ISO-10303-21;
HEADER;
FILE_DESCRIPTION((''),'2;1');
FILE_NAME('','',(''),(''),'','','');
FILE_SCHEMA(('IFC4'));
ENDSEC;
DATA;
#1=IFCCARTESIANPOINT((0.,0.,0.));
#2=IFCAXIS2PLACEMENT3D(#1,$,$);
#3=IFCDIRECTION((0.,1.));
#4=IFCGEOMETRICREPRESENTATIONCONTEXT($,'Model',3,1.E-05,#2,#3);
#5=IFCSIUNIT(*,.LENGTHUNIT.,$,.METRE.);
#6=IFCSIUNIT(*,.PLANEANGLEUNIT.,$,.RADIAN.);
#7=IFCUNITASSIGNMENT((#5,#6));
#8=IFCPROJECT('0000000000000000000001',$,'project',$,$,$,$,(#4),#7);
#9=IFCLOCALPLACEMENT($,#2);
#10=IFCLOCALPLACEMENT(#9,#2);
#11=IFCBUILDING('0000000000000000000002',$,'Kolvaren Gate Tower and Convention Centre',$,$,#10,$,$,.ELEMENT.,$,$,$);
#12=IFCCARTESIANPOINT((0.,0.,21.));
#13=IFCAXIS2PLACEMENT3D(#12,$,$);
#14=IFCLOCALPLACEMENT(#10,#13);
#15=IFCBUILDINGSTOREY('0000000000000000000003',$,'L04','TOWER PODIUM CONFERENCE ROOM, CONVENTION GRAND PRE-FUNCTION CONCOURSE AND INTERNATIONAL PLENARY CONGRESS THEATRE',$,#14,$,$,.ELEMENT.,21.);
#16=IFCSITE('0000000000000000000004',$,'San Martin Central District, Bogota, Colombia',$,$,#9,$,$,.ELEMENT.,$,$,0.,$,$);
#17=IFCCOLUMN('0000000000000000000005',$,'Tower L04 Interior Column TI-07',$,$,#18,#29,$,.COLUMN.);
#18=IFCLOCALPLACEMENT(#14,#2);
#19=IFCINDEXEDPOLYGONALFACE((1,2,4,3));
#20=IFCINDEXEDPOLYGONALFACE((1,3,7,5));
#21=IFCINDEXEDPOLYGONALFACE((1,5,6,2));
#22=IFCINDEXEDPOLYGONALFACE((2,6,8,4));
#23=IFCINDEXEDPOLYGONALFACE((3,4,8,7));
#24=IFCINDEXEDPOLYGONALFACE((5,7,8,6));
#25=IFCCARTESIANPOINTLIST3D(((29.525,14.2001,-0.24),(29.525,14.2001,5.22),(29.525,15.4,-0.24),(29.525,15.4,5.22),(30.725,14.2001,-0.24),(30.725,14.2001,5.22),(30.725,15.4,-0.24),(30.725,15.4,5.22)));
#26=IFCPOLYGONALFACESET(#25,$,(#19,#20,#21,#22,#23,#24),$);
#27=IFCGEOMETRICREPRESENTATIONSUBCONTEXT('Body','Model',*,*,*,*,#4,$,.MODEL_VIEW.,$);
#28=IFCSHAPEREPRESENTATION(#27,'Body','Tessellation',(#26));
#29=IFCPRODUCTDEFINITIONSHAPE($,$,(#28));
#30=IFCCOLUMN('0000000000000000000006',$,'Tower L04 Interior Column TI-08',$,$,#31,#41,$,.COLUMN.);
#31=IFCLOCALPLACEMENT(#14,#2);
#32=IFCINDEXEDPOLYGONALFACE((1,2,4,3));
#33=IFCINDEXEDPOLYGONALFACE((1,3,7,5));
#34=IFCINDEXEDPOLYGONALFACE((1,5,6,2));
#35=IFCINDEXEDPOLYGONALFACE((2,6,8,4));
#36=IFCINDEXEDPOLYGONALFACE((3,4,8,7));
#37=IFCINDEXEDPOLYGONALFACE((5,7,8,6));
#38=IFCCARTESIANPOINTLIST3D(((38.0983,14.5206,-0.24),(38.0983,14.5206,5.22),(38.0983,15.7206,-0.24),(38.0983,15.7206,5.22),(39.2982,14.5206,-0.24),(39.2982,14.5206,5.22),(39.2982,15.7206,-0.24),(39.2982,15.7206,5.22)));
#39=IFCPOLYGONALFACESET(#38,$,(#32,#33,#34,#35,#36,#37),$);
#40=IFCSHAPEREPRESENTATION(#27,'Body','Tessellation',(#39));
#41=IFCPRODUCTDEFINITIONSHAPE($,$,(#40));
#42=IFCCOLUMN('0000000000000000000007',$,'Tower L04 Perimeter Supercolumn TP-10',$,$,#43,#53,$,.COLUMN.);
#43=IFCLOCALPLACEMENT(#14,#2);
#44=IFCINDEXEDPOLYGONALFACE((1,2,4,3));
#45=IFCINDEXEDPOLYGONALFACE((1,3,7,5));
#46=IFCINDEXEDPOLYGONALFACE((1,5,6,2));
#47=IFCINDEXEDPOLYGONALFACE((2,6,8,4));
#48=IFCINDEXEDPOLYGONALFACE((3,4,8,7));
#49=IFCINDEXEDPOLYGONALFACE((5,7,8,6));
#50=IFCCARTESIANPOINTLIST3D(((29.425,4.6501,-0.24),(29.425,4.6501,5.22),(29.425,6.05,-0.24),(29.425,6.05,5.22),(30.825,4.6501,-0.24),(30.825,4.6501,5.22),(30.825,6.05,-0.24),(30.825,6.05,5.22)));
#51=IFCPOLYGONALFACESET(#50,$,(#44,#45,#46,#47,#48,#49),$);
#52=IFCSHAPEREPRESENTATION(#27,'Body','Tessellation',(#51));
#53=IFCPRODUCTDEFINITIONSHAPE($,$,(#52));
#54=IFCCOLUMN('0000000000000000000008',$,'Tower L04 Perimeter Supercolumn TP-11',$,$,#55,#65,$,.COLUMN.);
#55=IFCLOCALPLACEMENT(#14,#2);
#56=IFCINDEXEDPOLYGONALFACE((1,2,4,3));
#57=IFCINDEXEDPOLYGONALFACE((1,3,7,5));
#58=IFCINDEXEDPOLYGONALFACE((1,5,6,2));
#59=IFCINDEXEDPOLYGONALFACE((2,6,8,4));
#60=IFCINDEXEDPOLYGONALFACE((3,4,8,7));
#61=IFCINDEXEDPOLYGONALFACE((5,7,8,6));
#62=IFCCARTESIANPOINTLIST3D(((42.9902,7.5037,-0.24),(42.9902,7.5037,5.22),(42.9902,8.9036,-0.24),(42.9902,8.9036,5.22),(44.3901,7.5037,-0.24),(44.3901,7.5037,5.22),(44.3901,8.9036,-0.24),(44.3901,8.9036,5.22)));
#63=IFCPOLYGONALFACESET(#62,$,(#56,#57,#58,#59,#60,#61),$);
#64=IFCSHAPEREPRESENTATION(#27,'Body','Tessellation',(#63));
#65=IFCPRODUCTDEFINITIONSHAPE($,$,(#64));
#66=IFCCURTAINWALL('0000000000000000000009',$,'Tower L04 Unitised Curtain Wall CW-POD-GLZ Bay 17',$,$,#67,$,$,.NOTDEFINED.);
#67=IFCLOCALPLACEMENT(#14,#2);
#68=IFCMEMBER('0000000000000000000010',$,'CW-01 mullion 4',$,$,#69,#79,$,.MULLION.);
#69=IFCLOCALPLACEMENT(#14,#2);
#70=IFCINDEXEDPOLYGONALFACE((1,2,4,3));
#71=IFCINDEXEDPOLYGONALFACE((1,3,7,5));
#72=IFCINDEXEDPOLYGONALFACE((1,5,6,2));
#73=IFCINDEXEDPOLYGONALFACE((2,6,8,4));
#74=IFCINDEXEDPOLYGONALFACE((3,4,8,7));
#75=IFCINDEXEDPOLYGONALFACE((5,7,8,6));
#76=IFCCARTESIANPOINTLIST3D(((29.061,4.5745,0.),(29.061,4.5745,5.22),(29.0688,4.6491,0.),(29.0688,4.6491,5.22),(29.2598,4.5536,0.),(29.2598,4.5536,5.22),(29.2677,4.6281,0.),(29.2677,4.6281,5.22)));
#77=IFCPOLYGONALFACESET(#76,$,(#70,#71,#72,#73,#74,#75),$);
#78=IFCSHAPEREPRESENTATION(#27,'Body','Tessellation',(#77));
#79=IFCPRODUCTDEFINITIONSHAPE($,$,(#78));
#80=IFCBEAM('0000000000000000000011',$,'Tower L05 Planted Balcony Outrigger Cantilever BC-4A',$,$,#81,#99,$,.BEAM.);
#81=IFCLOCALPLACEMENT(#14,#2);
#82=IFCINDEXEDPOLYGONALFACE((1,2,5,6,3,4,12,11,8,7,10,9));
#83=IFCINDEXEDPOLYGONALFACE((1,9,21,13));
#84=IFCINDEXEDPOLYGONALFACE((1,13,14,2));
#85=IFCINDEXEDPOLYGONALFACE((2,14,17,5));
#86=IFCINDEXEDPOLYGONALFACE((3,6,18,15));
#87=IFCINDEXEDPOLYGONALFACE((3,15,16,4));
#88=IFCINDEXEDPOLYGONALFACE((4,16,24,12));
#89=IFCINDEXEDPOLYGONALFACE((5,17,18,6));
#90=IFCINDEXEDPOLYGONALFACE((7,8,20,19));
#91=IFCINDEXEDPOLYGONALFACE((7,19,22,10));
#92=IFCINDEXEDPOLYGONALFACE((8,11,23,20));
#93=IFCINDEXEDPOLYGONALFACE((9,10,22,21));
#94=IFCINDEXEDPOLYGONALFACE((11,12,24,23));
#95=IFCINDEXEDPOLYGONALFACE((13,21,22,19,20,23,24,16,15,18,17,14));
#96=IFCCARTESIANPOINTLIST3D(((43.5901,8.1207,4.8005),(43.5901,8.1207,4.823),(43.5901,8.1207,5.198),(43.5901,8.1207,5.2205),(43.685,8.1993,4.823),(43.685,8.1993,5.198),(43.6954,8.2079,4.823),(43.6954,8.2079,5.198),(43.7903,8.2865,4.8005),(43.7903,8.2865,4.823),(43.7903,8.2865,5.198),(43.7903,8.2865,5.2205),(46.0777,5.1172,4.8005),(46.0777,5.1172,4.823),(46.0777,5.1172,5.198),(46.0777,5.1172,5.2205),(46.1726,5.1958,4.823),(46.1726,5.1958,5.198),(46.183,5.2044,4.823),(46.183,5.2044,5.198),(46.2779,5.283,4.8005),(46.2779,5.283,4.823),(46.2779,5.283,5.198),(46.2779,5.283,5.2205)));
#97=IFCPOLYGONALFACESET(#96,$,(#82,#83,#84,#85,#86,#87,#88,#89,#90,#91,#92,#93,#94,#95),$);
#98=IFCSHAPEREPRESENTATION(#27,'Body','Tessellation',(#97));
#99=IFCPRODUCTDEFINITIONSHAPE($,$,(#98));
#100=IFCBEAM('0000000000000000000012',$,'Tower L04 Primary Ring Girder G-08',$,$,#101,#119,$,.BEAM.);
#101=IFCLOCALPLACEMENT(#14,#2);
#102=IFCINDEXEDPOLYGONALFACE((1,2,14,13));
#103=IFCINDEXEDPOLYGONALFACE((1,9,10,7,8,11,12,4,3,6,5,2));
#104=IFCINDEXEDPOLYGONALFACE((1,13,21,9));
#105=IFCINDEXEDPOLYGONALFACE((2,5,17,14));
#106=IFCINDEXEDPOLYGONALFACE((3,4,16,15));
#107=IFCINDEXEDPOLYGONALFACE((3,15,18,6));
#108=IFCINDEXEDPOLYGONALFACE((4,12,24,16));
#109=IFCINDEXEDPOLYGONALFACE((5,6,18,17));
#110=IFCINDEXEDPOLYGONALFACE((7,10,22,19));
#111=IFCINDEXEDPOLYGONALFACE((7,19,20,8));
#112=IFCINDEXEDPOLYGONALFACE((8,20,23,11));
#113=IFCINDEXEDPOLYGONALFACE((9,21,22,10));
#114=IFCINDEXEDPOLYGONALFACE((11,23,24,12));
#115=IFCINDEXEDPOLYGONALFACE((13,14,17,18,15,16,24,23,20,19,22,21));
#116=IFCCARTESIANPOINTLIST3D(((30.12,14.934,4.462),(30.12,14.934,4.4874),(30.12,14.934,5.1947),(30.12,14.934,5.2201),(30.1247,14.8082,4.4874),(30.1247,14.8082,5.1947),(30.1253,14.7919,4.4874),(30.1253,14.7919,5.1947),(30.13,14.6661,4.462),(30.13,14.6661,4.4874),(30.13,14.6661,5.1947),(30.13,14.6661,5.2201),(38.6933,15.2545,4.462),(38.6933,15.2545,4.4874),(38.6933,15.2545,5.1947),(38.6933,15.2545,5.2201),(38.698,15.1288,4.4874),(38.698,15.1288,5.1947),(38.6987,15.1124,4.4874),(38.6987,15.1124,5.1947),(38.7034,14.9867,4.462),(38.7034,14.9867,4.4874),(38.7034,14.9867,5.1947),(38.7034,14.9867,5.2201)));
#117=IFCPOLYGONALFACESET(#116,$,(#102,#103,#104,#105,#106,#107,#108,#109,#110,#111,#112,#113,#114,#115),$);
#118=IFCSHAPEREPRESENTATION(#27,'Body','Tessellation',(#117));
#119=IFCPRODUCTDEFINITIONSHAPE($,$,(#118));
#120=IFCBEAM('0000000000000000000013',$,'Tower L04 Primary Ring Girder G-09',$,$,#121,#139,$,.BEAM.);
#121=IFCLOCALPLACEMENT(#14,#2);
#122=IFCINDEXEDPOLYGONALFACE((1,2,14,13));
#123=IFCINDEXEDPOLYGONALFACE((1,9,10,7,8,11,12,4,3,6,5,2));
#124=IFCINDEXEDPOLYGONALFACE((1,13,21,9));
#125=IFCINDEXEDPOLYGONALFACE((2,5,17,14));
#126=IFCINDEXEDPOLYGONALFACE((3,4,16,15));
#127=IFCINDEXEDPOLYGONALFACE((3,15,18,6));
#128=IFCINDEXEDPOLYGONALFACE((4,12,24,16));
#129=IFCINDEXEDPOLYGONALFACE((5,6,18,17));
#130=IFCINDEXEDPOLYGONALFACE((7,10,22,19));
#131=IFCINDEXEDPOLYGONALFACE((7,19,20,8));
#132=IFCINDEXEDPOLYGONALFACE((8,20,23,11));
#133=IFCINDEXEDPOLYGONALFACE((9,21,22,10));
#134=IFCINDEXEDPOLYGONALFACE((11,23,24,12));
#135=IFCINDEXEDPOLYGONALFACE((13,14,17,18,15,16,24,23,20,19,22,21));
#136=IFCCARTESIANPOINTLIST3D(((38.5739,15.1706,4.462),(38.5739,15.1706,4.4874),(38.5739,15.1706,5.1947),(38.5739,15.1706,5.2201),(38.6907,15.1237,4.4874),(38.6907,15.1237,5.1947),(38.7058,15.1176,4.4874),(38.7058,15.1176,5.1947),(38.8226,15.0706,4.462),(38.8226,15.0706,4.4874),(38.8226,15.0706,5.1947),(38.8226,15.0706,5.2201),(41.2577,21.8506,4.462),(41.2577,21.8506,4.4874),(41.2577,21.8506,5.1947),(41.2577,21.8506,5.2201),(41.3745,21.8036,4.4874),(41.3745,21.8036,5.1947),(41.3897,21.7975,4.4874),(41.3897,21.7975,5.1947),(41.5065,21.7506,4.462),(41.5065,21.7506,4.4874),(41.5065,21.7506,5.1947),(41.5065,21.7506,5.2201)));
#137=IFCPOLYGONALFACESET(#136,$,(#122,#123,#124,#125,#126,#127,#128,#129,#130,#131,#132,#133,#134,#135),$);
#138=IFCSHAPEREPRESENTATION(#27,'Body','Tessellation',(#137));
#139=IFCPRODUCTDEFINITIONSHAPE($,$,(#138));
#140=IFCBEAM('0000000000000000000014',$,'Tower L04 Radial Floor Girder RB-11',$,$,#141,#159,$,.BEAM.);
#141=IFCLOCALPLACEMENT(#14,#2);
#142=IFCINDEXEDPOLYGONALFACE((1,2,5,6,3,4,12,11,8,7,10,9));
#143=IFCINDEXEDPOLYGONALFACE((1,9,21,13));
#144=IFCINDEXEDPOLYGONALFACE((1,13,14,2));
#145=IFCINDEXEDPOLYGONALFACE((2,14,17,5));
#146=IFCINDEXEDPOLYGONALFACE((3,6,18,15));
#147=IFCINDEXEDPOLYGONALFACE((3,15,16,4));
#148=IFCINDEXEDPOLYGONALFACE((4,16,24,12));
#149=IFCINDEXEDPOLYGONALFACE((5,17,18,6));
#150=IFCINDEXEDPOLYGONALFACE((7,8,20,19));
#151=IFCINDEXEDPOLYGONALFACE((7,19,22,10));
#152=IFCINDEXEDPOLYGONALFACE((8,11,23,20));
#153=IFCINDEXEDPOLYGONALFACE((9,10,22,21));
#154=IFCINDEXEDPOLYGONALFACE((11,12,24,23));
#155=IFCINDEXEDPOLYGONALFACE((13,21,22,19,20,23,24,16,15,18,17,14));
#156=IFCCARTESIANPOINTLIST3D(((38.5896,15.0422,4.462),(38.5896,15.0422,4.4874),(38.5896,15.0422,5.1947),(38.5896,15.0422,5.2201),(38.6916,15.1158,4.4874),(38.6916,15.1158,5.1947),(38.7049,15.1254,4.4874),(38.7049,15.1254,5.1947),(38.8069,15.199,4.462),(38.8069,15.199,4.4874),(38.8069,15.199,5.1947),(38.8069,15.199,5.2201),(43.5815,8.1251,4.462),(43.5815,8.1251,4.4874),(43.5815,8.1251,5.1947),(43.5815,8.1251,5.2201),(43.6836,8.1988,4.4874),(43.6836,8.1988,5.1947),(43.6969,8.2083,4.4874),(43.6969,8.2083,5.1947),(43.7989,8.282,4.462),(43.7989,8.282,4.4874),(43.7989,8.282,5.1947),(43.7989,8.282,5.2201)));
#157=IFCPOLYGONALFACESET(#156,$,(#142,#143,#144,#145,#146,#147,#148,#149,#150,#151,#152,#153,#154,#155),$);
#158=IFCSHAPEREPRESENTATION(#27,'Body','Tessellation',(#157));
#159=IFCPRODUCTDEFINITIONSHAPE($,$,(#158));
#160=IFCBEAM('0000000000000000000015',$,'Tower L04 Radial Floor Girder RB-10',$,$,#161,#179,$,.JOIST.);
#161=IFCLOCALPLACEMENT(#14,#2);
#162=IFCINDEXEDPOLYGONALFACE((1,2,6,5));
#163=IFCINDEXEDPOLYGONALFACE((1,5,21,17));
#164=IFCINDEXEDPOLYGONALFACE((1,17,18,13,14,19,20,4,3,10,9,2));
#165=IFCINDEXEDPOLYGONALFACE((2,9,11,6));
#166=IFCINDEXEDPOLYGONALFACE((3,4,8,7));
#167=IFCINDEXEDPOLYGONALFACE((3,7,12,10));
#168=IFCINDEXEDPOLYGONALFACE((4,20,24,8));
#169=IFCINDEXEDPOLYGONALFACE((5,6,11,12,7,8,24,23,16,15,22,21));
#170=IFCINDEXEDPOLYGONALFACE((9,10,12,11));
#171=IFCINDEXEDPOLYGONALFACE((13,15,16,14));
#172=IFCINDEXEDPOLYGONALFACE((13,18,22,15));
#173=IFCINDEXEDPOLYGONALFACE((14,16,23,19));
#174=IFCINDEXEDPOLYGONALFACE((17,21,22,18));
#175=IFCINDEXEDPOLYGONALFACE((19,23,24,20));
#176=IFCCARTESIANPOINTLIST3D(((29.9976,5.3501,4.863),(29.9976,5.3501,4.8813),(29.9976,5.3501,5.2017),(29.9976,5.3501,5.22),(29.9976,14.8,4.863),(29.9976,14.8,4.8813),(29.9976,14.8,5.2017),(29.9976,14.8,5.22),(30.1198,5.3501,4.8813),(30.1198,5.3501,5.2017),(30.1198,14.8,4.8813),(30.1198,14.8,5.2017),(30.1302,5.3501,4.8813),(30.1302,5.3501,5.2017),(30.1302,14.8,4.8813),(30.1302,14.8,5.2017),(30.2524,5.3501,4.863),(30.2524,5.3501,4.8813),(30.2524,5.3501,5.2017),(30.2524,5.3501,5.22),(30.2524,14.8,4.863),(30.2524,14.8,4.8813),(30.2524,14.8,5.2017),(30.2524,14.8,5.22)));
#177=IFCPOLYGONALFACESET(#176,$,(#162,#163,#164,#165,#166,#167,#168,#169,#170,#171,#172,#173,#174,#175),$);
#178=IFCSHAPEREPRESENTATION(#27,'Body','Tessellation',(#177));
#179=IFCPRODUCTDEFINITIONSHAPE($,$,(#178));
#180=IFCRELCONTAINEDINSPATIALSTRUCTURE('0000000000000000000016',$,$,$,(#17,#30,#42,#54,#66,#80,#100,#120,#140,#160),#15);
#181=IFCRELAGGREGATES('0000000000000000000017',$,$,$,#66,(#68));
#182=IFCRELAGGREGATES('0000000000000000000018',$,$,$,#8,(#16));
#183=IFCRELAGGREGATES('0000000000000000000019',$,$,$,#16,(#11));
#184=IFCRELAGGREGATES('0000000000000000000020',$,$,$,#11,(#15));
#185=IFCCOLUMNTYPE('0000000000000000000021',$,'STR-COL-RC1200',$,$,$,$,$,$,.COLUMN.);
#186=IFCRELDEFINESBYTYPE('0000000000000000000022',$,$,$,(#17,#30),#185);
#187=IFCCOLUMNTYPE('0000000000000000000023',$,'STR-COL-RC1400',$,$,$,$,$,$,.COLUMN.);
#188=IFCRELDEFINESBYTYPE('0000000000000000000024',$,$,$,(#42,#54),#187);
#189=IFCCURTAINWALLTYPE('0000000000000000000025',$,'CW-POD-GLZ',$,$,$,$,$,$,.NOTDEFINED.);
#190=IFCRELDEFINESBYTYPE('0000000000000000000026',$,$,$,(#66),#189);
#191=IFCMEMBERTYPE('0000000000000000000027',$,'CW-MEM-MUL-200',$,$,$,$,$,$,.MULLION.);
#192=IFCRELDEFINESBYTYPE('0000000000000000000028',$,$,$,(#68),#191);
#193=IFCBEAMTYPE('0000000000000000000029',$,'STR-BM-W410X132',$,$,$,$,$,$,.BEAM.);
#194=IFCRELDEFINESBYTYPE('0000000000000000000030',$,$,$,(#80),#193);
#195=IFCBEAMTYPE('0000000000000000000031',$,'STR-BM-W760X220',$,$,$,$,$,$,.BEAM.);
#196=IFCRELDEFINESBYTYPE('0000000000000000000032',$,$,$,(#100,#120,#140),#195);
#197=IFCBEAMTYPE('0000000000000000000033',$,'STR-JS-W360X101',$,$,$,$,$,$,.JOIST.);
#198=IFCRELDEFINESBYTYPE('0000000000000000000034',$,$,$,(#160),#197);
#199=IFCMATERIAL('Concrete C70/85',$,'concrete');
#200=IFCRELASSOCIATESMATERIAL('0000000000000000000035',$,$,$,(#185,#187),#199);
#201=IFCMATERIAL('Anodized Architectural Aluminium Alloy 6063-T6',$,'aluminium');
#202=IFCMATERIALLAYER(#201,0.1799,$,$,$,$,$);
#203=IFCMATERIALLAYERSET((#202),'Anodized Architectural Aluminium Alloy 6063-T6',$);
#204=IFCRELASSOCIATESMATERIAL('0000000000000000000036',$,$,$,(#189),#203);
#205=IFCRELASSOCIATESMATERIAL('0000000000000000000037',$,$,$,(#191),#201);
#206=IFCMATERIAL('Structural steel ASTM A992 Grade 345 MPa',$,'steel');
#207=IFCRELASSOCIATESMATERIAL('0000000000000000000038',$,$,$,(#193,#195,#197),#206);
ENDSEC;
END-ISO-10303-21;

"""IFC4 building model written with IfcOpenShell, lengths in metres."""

from ifc_helpers import new_model, si_unit, direction, frame, origin, origin_2d, place, context, subcontext, project, spatial, rectangle, i_section, extrude, material, layer, layer_set, material_profile, profile_set, type_object, element, aggregate, save


model = new_model("IFC4")

# Units and contexts
model_context = context("Model", 3, precision=1e-05, world=origin(), true_north=direction((0.0, 1.0)))
body_context = subcontext(model_context, "Body", "Model", "MODEL_VIEW")
ifc_project = project(units=[si_unit("LENGTHUNIT", "METRE"), si_unit("PLANEANGLEUNIT", "RADIAN")], contexts=[model_context])

# Site, building, storey
site_placement = place(None, origin())
site = spatial("IfcSite", under=ifc_project, at=site_placement, Name="San Martin Central District, Bogota, Colombia", CompositionType="ELEMENT", RefElevation=0.0)
building_placement = place(site_placement, origin())
building = spatial("IfcBuilding", under=site, at=building_placement, Name="Kolvaren Gate Tower and Convention Centre", CompositionType="ELEMENT")
storey_placement = place(building_placement, frame((0.0, 0.0, 21.0)))
storey = spatial("IfcBuildingStorey", under=building, at=storey_placement, Name="L04", Description="TOWER PODIUM CONFERENCE ROOM, CONVENTION GRAND PRE-FUNCTION CONCOURSE AND INTERNATIONAL PLENARY CONGRESS THEATRE", CompositionType="ELEMENT", Elevation=21.0)

# Columns
ifc_material_1 = material(Name="Concrete C70/85", Category="concrete")
ifc_material_profile_1 = material_profile(ifc_material_1, rectangle(XDim=1.2, YDim=1.2, at=origin_2d()), Name="RC-COL-1200X1200")
ifc_profile_set_1 = profile_set([ifc_material_profile_1], Name="Concrete C70/85")
column_type_1 = type_object("IfcColumnType", Name="STR-COL-RC1200", PredefinedType="COLUMN", material=ifc_profile_set_1)
for number, where, z_axis, x_axis, name in (
    (1, (30.125, 14.8, -0.24), (0.0, 0.0, 1.0), (1.0, 0.0, 0.0), "Tower L04 Interior Column TI-07"),
    (2, (38.6982, 15.1206, -0.24), (0.0, 0.0, 1.0), (1.0, 0.0, 0.0), "Tower L04 Interior Column TI-08"),
):
    element("IfcColumn", number, at=place(storey_placement, frame(where, z_axis=z_axis, x_axis=x_axis)), inside=storey, type_object=column_type_1, Name=name, PredefinedType="COLUMN", context=body_context, shape_type="SweptSolid", body=[
        extrude(rectangle(XDim=1.2, YDim=1.2, at=origin_2d()), origin(), (0.0, 0.0, 1.0), 5.46),
    ])
ifc_material_profile_2 = material_profile(ifc_material_1, rectangle(XDim=1.3999, YDim=1.3999, at=origin_2d()), Name="RC-COL-1400X1400")
ifc_profile_set_2 = profile_set([ifc_material_profile_2], Name="Concrete C70/85")
column_type_2 = type_object("IfcColumnType", Name="STR-COL-RC1400", PredefinedType="COLUMN", material=ifc_profile_set_2)
for number, where, z_axis, x_axis, name in (
    (3, (30.125, 5.3501, -0.24), (0.0, 0.0, 1.0), (1.0, 0.0, 0.0), "Tower L04 Perimeter Supercolumn TP-10"),
    (4, (43.6902, 8.2036, -0.24), (0.0, 0.0, 1.0), (1.0, 0.0, 0.0), "Tower L04 Perimeter Supercolumn TP-11"),
):
    element("IfcColumn", number, at=place(storey_placement, frame(where, z_axis=z_axis, x_axis=x_axis)), inside=storey, type_object=column_type_2, Name=name, PredefinedType="COLUMN", context=body_context, shape_type="SweptSolid", body=[
        extrude(rectangle(XDim=1.3999, YDim=1.3999, at=origin_2d()), origin(), (0.0, 0.0, 1.0), 5.46),
    ])

# Curtain wall, member
ifc_material_2 = material(Name="Anodized Architectural Aluminium Alloy 6063-T6", Category="aluminium")
ifc_layer_1 = layer(ifc_material_2, 0.1799)
ifc_layer_set_1 = layer_set([ifc_layer_1], Name="Anodized Architectural Aluminium Alloy 6063-T6")
curtain_wall_type = type_object("IfcCurtainWallType", Name="CW-POD-GLZ", PredefinedType="NOTDEFINED", material=ifc_layer_set_1)
curtain_wall_placement = place(storey_placement, origin())
curtain_wall = element("IfcCurtainWall", 5, at=curtain_wall_placement, inside=storey, type_object=curtain_wall_type, Name="Tower L04 Unitised Curtain Wall CW-POD-GLZ Bay 17", PredefinedType="NOTDEFINED")
ifc_material_profile_3 = material_profile(ifc_material_2, rectangle(XDim=0.075, YDim=0.2, at=origin_2d()), Name="CW-MEM-MUL-200")
ifc_profile_set_3 = profile_set([ifc_material_profile_3], Name="Anodized Architectural Aluminium Alloy 6063-T6")
member_type = type_object("IfcMemberType", Name="CW-MEM-MUL-200", PredefinedType="MULLION", material=ifc_profile_set_3)
member_placement = place(storey_placement, frame((29.1643, 4.6013, 0.0), z_axis=(0.0, 0.0, 1.0), x_axis=(0.104742, 0.994499, 0.0)))
member = element("IfcMember", 6, at=member_placement, type_object=member_type, Name="CW-01 mullion 4", PredefinedType="MULLION", context=body_context, shape_type="SweptSolid", body=[
    extrude(rectangle(XDim=0.075, YDim=0.2, at=origin_2d()), origin(), (0.0, 0.0, 1.0), 5.22),
])

# Beams
ifc_material_3 = material(Name="Structural steel ASTM A992 Grade 345 MPa", Category="steel")
ifc_material_profile_4 = material_profile(ifc_material_3, i_section(OverallWidth=0.26, OverallDepth=0.4199, WebThickness=0.0134, FlangeThickness=0.0225, at=origin_2d()), Name="W410X132")
ifc_profile_set_4 = profile_set([ifc_material_profile_4], Name="Structural steel ASTM A992 Grade 345 MPa")
beam_type_1 = type_object("IfcBeamType", Name="STR-BM-W410X132", PredefinedType="BEAM", material=ifc_profile_set_4)
beam_1_placement = place(storey_placement, frame((43.6902, 8.2036, 5.0105), z_axis=(0.637866, -0.770147, 0.0), x_axis=(0.770147, 0.637866, 0.0)))
element("IfcBeam", 7, at=beam_1_placement, inside=storey, type_object=beam_type_1, Name="Tower L05 Planted Balcony Outrigger Cantilever BC-4A", PredefinedType="BEAM", context=body_context, shape_type="SweptSolid", body=[
    extrude(i_section(OverallWidth=0.26, OverallDepth=0.4199, WebThickness=0.0134, FlangeThickness=0.0225, at=origin_2d()), origin(), (0.0, 0.0, 1.0), 3.8999),
])
ifc_material_profile_5 = material_profile(ifc_material_3, i_section(OverallWidth=0.2681, OverallDepth=0.7581, WebThickness=0.0164, FlangeThickness=0.0254, at=origin_2d()), Name="W760X220")
ifc_profile_set_5 = profile_set([ifc_material_profile_5], Name="Structural steel ASTM A992 Grade 345 MPa")
beam_type_2 = type_object("IfcBeamType", Name="STR-BM-W760X220", PredefinedType="BEAM", material=ifc_profile_set_5)
beam_2_placement = place(storey_placement, frame((30.125, 14.8, 4.8411), z_axis=(0.999302, 0.037364, 0.0), x_axis=(-0.037364, 0.999302, 0.0)))
element("IfcBeam", 8, at=beam_2_placement, inside=storey, type_object=beam_type_2, Name="Tower L04 Primary Ring Girder G-08", PredefinedType="BEAM", context=body_context, shape_type="SweptSolid", body=[
    extrude(i_section(OverallWidth=0.2681, OverallDepth=0.7581, WebThickness=0.0164, FlangeThickness=0.0254, at=origin_2d()), origin(), (0.0, 0.0, 1.0), 8.5793),
])
beam_3_placement = place(storey_placement, frame((38.6982, 15.1206, 4.8411), z_axis=(0.372811, 0.927907, 0.0), x_axis=(-0.927907, 0.372811, 0.0)))
element("IfcBeam", 9, at=beam_3_placement, inside=storey, type_object=beam_type_2, Name="Tower L04 Primary Ring Girder G-09", PredefinedType="BEAM", context=body_context, shape_type="SweptSolid", body=[
    extrude(i_section(OverallWidth=0.2681, OverallDepth=0.7581, WebThickness=0.0164, FlangeThickness=0.0254, at=origin_2d()), origin(), (0.0, 0.0, 1.0), 7.199),
])
beam_4_placement = place(storey_placement, frame((38.6982, 15.1206, 4.8411), z_axis=(0.585208, -0.810883, 0.0), x_axis=(0.810883, 0.585208, 0.0)))
element("IfcBeam", 10, at=beam_4_placement, inside=storey, type_object=beam_type_2, Name="Tower L04 Radial Floor Girder RB-11", PredefinedType="BEAM", context=body_context, shape_type="SweptSolid", body=[
    extrude(i_section(OverallWidth=0.2681, OverallDepth=0.7581, WebThickness=0.0164, FlangeThickness=0.0254, at=origin_2d()), origin(), (0.0, 0.0, 1.0), 8.5303),
])
ifc_material_profile_6 = material_profile(ifc_material_3, i_section(OverallWidth=0.2549, OverallDepth=0.3569, WebThickness=0.0105, FlangeThickness=0.0183, at=origin_2d()), Name="W360X101")
ifc_profile_set_6 = profile_set([ifc_material_profile_6], Name="Structural steel ASTM A992 Grade 345 MPa")
beam_type_3 = type_object("IfcBeamType", Name="STR-JS-W360X101", PredefinedType="JOIST", material=ifc_profile_set_6)
beam_5_placement = place(storey_placement, frame((30.125, 14.8, 5.0415), z_axis=(0.0, -1.0, 0.0), x_axis=(1.0, 0.0, 0.0)))
element("IfcBeam", 11, at=beam_5_placement, inside=storey, type_object=beam_type_3, Name="Tower L04 Radial Floor Girder RB-10", PredefinedType="JOIST", context=body_context, shape_type="SweptSolid", body=[
    extrude(i_section(OverallWidth=0.2549, OverallDepth=0.3569, WebThickness=0.0105, FlangeThickness=0.0183, at=origin_2d()), origin(), (0.0, 0.0, 1.0), 9.45),
])

aggregate(curtain_wall, [member])

save(model, "model.ifc")
